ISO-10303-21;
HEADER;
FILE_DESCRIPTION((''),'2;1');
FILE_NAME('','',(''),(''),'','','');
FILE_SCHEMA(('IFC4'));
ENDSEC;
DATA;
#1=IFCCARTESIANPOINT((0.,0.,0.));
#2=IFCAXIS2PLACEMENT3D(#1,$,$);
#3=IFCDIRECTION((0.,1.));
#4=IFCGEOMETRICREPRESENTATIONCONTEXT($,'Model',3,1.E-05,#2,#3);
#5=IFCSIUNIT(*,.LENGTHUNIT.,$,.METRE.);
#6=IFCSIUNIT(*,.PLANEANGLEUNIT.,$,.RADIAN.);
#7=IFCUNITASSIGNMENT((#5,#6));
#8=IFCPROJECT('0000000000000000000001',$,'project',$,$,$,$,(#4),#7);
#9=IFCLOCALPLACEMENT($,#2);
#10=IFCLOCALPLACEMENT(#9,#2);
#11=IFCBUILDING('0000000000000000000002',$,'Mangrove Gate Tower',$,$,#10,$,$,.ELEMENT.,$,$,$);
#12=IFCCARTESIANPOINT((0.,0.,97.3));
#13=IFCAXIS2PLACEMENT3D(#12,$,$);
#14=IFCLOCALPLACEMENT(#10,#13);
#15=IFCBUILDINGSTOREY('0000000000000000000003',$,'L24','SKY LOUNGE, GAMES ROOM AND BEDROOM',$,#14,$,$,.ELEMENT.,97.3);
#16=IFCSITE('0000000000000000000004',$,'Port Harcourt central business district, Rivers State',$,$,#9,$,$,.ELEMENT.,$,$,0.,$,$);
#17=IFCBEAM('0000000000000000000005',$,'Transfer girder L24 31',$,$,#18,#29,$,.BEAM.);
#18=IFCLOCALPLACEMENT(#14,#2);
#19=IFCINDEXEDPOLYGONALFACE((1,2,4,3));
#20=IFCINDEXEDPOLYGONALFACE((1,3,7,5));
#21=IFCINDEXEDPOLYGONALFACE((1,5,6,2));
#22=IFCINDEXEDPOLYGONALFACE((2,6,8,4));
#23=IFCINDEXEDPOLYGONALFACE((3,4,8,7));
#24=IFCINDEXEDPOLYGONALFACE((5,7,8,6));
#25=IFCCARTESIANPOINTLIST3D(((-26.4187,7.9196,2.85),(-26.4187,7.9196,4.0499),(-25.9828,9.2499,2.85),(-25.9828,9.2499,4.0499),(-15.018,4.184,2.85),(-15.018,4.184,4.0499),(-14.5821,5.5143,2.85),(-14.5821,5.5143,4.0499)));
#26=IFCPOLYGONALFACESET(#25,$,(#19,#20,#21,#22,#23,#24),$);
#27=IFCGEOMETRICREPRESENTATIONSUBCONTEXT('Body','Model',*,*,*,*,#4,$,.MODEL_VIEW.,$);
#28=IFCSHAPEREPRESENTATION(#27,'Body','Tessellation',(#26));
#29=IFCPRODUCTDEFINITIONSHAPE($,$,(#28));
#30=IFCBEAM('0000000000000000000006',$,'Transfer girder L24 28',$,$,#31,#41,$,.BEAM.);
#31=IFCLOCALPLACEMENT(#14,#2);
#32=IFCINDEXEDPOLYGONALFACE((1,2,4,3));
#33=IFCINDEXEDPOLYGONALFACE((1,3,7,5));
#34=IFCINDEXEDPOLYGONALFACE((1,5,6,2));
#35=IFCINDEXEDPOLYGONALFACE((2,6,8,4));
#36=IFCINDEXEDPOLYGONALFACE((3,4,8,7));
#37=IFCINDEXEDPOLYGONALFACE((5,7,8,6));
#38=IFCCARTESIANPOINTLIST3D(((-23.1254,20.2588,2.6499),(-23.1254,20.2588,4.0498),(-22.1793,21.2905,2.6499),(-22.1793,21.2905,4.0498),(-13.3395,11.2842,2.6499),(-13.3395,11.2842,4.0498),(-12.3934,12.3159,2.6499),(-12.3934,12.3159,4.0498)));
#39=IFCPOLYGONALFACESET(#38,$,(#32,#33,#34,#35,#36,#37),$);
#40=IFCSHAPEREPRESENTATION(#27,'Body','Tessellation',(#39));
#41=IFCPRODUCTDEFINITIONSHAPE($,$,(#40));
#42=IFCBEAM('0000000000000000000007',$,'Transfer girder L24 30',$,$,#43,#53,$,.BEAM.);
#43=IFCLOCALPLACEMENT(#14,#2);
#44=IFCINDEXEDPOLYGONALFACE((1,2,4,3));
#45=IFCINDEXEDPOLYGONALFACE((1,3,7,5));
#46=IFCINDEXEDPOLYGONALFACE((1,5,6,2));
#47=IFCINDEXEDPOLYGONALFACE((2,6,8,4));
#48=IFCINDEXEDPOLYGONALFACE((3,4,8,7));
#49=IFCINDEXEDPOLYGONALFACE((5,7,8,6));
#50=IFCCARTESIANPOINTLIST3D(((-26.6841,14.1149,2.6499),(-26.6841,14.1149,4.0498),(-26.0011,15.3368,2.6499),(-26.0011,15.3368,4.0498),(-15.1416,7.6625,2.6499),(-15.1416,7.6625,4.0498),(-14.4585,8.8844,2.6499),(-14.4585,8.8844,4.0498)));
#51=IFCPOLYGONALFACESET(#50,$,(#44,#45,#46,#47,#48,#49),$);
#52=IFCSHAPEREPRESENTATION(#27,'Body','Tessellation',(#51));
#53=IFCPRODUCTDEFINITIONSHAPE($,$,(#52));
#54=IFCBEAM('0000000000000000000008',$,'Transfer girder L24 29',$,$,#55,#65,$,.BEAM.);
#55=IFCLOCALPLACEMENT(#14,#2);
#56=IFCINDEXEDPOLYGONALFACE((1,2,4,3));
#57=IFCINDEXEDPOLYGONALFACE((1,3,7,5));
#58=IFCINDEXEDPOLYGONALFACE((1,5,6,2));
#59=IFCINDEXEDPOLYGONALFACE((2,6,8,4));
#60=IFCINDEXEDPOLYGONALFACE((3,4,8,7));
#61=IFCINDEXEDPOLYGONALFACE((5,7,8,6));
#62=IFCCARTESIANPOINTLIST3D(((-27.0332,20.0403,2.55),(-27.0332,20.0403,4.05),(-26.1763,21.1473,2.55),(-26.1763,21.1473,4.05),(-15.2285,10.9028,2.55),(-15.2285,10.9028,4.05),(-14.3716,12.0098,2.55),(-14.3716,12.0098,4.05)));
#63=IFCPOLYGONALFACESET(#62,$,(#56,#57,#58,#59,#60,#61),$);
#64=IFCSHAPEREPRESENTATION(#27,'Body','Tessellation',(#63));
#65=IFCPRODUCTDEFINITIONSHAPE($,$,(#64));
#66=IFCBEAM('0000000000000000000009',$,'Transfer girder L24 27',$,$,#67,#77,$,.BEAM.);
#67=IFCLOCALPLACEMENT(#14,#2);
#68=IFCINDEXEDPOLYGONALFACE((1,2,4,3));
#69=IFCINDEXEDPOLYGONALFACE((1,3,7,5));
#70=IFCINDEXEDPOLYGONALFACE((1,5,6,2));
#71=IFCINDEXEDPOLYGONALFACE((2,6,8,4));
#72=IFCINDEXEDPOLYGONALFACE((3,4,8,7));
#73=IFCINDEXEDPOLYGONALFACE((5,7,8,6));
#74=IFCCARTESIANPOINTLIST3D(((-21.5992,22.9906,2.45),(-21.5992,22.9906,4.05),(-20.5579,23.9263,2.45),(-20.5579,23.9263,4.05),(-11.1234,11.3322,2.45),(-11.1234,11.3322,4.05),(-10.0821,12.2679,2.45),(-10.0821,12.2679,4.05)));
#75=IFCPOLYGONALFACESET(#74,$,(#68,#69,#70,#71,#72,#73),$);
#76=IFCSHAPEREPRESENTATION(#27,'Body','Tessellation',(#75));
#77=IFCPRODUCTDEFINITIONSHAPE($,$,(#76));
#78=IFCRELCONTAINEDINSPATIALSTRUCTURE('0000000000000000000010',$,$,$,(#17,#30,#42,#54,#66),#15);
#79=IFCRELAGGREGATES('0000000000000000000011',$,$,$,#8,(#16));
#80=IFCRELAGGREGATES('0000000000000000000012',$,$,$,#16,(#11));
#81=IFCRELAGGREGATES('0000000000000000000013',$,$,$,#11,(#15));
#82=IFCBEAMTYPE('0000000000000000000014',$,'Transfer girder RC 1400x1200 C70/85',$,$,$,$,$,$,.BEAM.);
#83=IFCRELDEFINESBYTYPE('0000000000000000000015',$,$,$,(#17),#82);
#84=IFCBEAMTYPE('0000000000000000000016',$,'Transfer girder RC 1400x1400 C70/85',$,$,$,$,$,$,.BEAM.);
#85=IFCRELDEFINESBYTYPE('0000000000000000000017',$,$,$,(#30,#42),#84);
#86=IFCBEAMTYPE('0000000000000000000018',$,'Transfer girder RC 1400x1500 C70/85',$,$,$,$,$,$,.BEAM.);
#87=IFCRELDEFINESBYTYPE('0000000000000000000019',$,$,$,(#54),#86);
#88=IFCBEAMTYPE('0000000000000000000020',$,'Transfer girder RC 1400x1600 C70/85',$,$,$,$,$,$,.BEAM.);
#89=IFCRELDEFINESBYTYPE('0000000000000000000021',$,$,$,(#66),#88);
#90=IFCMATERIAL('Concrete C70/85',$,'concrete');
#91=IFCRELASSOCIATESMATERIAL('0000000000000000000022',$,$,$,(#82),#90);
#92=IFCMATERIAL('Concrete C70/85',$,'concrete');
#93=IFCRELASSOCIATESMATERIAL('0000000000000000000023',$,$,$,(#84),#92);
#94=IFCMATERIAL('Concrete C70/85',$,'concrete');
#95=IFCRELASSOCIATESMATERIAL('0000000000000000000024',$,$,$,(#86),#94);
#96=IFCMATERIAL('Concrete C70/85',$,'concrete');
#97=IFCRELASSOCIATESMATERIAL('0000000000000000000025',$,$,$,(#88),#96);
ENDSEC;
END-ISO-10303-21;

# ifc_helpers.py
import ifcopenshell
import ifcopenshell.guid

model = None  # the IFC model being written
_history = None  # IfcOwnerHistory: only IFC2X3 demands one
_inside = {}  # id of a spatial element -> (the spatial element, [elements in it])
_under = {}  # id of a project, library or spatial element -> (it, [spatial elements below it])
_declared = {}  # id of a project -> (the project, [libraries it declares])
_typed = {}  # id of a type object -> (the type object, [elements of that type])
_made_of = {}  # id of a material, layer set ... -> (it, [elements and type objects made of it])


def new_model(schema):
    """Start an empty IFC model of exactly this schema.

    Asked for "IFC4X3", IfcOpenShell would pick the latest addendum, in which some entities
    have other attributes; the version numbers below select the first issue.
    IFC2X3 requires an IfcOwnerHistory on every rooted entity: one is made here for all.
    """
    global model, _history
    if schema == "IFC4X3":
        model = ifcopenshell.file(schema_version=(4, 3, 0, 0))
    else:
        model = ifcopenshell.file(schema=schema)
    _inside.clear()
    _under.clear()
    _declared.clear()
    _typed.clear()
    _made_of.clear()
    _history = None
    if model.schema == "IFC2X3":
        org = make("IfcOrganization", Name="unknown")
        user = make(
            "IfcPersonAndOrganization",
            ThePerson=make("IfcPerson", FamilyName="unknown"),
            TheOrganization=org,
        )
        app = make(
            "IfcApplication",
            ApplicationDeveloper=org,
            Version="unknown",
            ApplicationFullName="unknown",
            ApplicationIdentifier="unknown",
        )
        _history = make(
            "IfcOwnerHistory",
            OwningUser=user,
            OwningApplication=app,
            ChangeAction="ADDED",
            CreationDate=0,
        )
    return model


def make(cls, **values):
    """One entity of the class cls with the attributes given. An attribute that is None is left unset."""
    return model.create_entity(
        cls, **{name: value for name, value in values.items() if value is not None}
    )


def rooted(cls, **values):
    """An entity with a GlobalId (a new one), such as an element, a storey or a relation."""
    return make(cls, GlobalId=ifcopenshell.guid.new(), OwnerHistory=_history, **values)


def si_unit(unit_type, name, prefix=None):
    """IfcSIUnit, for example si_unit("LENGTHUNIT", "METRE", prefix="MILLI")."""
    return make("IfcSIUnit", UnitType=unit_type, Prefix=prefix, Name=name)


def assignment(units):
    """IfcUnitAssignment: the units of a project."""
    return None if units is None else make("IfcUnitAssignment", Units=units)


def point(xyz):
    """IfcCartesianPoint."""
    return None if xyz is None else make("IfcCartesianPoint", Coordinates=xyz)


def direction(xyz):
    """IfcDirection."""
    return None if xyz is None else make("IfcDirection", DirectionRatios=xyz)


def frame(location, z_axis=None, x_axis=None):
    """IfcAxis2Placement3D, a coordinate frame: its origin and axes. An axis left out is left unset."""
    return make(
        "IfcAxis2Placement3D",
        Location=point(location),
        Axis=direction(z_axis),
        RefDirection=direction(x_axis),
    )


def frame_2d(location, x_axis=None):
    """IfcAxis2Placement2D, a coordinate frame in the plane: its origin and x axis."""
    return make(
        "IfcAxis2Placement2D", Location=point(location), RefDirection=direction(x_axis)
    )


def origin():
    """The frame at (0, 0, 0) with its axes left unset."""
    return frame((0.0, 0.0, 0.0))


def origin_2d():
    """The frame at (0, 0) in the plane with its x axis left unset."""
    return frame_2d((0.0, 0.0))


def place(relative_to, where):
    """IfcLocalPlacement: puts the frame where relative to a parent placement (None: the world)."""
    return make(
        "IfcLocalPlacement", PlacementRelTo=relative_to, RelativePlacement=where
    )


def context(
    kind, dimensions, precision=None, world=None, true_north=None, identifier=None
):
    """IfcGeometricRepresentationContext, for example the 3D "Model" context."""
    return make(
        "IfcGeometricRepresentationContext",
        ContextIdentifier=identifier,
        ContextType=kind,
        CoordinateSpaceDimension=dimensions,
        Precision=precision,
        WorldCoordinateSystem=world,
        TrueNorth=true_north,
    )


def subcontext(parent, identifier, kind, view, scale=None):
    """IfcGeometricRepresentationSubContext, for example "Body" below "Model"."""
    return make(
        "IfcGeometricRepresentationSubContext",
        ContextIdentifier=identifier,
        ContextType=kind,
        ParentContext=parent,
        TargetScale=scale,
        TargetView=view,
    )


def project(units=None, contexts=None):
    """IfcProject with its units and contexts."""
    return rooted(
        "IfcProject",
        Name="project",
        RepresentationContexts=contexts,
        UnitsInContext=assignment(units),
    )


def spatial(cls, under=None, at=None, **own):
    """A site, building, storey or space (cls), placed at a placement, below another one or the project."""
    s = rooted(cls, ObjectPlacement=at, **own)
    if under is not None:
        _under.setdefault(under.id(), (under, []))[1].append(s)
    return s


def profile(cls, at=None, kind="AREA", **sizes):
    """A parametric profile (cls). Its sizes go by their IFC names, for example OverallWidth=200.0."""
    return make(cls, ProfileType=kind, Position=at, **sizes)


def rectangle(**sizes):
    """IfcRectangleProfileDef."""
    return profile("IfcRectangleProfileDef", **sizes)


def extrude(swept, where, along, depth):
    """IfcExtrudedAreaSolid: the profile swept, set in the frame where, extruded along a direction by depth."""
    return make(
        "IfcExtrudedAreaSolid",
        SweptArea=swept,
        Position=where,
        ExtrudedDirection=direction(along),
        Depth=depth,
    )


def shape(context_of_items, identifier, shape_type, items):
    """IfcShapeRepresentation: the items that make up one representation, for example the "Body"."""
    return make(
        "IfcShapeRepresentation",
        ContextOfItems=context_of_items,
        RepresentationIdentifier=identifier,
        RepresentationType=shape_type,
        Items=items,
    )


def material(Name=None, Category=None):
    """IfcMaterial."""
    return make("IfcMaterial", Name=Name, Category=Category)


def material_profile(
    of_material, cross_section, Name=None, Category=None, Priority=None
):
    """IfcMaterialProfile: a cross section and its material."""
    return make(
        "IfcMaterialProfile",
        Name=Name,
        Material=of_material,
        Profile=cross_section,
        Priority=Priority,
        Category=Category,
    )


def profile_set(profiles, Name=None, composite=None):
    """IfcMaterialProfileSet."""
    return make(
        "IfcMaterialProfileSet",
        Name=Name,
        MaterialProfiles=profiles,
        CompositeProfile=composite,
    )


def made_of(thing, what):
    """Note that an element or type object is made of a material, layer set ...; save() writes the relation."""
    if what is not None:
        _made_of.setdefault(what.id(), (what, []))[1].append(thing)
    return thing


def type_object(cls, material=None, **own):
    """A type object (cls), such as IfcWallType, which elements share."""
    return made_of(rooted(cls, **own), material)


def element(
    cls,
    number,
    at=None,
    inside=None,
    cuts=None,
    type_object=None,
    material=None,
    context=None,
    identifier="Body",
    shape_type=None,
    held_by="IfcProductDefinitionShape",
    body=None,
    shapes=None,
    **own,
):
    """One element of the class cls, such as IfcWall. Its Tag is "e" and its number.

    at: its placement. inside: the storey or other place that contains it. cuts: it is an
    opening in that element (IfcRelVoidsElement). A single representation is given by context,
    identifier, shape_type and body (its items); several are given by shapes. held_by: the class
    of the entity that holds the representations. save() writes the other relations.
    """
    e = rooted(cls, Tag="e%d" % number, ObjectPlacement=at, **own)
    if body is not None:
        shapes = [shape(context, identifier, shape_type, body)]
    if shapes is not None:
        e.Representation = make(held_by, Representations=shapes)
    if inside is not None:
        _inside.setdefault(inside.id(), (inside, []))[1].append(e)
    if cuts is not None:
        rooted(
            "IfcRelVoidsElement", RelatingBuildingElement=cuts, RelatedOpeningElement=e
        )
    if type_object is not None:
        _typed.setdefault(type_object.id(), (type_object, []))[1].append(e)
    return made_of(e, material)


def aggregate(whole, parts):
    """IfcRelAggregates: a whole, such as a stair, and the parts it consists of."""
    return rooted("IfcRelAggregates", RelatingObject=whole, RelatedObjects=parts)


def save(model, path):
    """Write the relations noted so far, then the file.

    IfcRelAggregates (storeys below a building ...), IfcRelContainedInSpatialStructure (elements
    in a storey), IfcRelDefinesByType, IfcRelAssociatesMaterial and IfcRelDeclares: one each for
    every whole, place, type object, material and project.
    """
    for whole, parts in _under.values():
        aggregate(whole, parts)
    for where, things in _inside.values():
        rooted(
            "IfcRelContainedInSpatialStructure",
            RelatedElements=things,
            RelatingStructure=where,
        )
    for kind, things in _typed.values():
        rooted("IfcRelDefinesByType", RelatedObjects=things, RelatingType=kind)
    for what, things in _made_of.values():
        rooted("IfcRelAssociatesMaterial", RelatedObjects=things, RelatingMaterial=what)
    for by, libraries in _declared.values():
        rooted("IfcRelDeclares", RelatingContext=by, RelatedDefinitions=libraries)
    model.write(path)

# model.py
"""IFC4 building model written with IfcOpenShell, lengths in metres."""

from ifc_helpers import new_model, si_unit, direction, frame, origin, origin_2d, place, context, subcontext, project, spatial, rectangle, extrude, material, material_profile, profile_set, type_object, element, save


model = new_model("IFC4")

# Units and contexts
model_context = context("Model", 3, precision=1e-05, world=origin(), true_north=direction((0.0, 1.0)))
body_context = subcontext(model_context, "Body", "Model", "MODEL_VIEW")
ifc_project = project(units=[si_unit("LENGTHUNIT", "METRE"), si_unit("PLANEANGLEUNIT", "RADIAN")], contexts=[model_context])

# Site, building, storey
site_placement = place(None, origin())
site = spatial("IfcSite", under=ifc_project, at=site_placement, Name="Port Harcourt central business district, Rivers State", CompositionType="ELEMENT", RefElevation=0.0)
building_placement = place(site_placement, origin())
building = spatial("IfcBuilding", under=site, at=building_placement, Name="Mangrove Gate Tower", CompositionType="ELEMENT")
storey_placement = place(building_placement, frame((0.0, 0.0, 97.3)))
storey = spatial("IfcBuildingStorey", under=building, at=storey_placement, Name="L24", Description="SKY LOUNGE, GAMES ROOM AND BEDROOM", CompositionType="ELEMENT", Elevation=97.3)

# Beams
ifc_material_1 = material(Name="Concrete C70/85", Category="concrete")
ifc_material_profile_1 = material_profile(ifc_material_1, rectangle(XDim=1.3999, YDim=1.2, at=origin_2d()))
ifc_profile_set_1 = profile_set([ifc_material_profile_1], Name="Concrete C70/85")
beam_type_1 = type_object("IfcBeamType", Name="Transfer girder RC 1400x1200 C70/85", PredefinedType="BEAM", material=ifc_profile_set_1)
beam_1_placement = place(storey_placement, frame((-14.8, 4.8491, 3.45), z_axis=(-0.950287, 0.311376, 0.0), x_axis=(-0.311376, -0.950287, 0.0)))
element("IfcBeam", 1, at=beam_1_placement, inside=storey, type_object=beam_type_1, Name="Transfer girder L24 31", PredefinedType="BEAM", context=body_context, shape_type="SweptSolid", body=[
    extrude(rectangle(XDim=1.3999, YDim=1.2, at=origin_2d()), origin(), (0.0, 0.0, 1.0), 11.9971),
])
ifc_material_2 = material(Name="Concrete C70/85", Category="concrete")
ifc_material_profile_2 = material_profile(ifc_material_2, rectangle(XDim=1.3999, YDim=1.3999, at=origin_2d()))
ifc_profile_set_2 = profile_set([ifc_material_profile_2], Name="Concrete C70/85")
beam_type_2 = type_object("IfcBeamType", Name="Transfer girder RC 1400x1400 C70/85", PredefinedType="BEAM", material=ifc_profile_set_2)
beam_2_placement = place(storey_placement, frame((-12.8665, 11.8, 3.3499), z_axis=(-0.736996, 0.675897, 0.0), x_axis=(-0.675897, -0.736996, 0.0)))
element("IfcBeam", 2, at=beam_2_placement, inside=storey, type_object=beam_type_2, Name="Transfer girder L24 28", PredefinedType="BEAM", context=body_context, shape_type="SweptSolid", body=[
    extrude(rectangle(XDim=1.3999, YDim=1.3999, at=origin_2d()), origin(), (0.0, 0.0, 1.0), 13.2781),
])
beam_3_placement = place(storey_placement, frame((-14.8, 8.2734, 3.3499), z_axis=(-0.872873, 0.487947, 0.0), x_axis=(-0.487947, -0.872873, 0.0)))
element("IfcBeam", 3, at=beam_3_placement, inside=storey, type_object=beam_type_2, Name="Transfer girder L24 30", PredefinedType="BEAM", context=body_context, shape_type="SweptSolid", body=[
    extrude(rectangle(XDim=1.3999, YDim=1.3999, at=origin_2d()), origin(), (0.0, 0.0, 1.0), 13.2236),
])
ifc_material_3 = material(Name="Concrete C70/85", Category="concrete")
ifc_material_profile_3 = material_profile(ifc_material_3, rectangle(XDim=1.3999, YDim=1.5, at=origin_2d()))
ifc_profile_set_3 = profile_set([ifc_material_profile_3], Name="Concrete C70/85")
beam_type_3 = type_object("IfcBeamType", Name="Transfer girder RC 1400x1500 C70/85", PredefinedType="BEAM", material=ifc_profile_set_3)
beam_4_placement = place(storey_placement, frame((-14.8, 11.4563, 3.3), z_axis=(-0.790778, 0.612104, 0.0), x_axis=(-0.612104, -0.790778, 0.0)))
element("IfcBeam", 4, at=beam_4_placement, inside=storey, type_object=beam_type_3, Name="Transfer girder L24 29", PredefinedType="BEAM", context=body_context, shape_type="SweptSolid", body=[
    extrude(rectangle(XDim=1.3999, YDim=1.5, at=origin_2d()), origin(), (0.0, 0.0, 1.0), 14.928),
])
ifc_material_4 = material(Name="Concrete C70/85", Category="concrete")
ifc_material_profile_4 = material_profile(ifc_material_4, rectangle(XDim=1.3999, YDim=1.6001, at=origin_2d()))
ifc_profile_set_4 = profile_set([ifc_material_profile_4], Name="Concrete C70/85")
beam_type_4 = type_object("IfcBeamType", Name="Transfer girder RC 1400x1600 C70/85", PredefinedType="BEAM", material=ifc_profile_set_4)
beam_5_placement = place(storey_placement, frame((-10.6028, 11.8, 3.25), z_axis=(-0.668373, 0.743826, 0.0), x_axis=(-0.743826, -0.668373, 0.0)))
element("IfcBeam", 5, at=beam_5_placement, inside=storey, type_object=beam_type_4, Name="Transfer girder L24 27", PredefinedType="BEAM", context=body_context, shape_type="SweptSolid", body=[
    extrude(rectangle(XDim=1.3999, YDim=1.6001, at=origin_2d()), origin(), (0.0, 0.0, 1.0), 15.6736),
])

save(model, "model.ifc")
